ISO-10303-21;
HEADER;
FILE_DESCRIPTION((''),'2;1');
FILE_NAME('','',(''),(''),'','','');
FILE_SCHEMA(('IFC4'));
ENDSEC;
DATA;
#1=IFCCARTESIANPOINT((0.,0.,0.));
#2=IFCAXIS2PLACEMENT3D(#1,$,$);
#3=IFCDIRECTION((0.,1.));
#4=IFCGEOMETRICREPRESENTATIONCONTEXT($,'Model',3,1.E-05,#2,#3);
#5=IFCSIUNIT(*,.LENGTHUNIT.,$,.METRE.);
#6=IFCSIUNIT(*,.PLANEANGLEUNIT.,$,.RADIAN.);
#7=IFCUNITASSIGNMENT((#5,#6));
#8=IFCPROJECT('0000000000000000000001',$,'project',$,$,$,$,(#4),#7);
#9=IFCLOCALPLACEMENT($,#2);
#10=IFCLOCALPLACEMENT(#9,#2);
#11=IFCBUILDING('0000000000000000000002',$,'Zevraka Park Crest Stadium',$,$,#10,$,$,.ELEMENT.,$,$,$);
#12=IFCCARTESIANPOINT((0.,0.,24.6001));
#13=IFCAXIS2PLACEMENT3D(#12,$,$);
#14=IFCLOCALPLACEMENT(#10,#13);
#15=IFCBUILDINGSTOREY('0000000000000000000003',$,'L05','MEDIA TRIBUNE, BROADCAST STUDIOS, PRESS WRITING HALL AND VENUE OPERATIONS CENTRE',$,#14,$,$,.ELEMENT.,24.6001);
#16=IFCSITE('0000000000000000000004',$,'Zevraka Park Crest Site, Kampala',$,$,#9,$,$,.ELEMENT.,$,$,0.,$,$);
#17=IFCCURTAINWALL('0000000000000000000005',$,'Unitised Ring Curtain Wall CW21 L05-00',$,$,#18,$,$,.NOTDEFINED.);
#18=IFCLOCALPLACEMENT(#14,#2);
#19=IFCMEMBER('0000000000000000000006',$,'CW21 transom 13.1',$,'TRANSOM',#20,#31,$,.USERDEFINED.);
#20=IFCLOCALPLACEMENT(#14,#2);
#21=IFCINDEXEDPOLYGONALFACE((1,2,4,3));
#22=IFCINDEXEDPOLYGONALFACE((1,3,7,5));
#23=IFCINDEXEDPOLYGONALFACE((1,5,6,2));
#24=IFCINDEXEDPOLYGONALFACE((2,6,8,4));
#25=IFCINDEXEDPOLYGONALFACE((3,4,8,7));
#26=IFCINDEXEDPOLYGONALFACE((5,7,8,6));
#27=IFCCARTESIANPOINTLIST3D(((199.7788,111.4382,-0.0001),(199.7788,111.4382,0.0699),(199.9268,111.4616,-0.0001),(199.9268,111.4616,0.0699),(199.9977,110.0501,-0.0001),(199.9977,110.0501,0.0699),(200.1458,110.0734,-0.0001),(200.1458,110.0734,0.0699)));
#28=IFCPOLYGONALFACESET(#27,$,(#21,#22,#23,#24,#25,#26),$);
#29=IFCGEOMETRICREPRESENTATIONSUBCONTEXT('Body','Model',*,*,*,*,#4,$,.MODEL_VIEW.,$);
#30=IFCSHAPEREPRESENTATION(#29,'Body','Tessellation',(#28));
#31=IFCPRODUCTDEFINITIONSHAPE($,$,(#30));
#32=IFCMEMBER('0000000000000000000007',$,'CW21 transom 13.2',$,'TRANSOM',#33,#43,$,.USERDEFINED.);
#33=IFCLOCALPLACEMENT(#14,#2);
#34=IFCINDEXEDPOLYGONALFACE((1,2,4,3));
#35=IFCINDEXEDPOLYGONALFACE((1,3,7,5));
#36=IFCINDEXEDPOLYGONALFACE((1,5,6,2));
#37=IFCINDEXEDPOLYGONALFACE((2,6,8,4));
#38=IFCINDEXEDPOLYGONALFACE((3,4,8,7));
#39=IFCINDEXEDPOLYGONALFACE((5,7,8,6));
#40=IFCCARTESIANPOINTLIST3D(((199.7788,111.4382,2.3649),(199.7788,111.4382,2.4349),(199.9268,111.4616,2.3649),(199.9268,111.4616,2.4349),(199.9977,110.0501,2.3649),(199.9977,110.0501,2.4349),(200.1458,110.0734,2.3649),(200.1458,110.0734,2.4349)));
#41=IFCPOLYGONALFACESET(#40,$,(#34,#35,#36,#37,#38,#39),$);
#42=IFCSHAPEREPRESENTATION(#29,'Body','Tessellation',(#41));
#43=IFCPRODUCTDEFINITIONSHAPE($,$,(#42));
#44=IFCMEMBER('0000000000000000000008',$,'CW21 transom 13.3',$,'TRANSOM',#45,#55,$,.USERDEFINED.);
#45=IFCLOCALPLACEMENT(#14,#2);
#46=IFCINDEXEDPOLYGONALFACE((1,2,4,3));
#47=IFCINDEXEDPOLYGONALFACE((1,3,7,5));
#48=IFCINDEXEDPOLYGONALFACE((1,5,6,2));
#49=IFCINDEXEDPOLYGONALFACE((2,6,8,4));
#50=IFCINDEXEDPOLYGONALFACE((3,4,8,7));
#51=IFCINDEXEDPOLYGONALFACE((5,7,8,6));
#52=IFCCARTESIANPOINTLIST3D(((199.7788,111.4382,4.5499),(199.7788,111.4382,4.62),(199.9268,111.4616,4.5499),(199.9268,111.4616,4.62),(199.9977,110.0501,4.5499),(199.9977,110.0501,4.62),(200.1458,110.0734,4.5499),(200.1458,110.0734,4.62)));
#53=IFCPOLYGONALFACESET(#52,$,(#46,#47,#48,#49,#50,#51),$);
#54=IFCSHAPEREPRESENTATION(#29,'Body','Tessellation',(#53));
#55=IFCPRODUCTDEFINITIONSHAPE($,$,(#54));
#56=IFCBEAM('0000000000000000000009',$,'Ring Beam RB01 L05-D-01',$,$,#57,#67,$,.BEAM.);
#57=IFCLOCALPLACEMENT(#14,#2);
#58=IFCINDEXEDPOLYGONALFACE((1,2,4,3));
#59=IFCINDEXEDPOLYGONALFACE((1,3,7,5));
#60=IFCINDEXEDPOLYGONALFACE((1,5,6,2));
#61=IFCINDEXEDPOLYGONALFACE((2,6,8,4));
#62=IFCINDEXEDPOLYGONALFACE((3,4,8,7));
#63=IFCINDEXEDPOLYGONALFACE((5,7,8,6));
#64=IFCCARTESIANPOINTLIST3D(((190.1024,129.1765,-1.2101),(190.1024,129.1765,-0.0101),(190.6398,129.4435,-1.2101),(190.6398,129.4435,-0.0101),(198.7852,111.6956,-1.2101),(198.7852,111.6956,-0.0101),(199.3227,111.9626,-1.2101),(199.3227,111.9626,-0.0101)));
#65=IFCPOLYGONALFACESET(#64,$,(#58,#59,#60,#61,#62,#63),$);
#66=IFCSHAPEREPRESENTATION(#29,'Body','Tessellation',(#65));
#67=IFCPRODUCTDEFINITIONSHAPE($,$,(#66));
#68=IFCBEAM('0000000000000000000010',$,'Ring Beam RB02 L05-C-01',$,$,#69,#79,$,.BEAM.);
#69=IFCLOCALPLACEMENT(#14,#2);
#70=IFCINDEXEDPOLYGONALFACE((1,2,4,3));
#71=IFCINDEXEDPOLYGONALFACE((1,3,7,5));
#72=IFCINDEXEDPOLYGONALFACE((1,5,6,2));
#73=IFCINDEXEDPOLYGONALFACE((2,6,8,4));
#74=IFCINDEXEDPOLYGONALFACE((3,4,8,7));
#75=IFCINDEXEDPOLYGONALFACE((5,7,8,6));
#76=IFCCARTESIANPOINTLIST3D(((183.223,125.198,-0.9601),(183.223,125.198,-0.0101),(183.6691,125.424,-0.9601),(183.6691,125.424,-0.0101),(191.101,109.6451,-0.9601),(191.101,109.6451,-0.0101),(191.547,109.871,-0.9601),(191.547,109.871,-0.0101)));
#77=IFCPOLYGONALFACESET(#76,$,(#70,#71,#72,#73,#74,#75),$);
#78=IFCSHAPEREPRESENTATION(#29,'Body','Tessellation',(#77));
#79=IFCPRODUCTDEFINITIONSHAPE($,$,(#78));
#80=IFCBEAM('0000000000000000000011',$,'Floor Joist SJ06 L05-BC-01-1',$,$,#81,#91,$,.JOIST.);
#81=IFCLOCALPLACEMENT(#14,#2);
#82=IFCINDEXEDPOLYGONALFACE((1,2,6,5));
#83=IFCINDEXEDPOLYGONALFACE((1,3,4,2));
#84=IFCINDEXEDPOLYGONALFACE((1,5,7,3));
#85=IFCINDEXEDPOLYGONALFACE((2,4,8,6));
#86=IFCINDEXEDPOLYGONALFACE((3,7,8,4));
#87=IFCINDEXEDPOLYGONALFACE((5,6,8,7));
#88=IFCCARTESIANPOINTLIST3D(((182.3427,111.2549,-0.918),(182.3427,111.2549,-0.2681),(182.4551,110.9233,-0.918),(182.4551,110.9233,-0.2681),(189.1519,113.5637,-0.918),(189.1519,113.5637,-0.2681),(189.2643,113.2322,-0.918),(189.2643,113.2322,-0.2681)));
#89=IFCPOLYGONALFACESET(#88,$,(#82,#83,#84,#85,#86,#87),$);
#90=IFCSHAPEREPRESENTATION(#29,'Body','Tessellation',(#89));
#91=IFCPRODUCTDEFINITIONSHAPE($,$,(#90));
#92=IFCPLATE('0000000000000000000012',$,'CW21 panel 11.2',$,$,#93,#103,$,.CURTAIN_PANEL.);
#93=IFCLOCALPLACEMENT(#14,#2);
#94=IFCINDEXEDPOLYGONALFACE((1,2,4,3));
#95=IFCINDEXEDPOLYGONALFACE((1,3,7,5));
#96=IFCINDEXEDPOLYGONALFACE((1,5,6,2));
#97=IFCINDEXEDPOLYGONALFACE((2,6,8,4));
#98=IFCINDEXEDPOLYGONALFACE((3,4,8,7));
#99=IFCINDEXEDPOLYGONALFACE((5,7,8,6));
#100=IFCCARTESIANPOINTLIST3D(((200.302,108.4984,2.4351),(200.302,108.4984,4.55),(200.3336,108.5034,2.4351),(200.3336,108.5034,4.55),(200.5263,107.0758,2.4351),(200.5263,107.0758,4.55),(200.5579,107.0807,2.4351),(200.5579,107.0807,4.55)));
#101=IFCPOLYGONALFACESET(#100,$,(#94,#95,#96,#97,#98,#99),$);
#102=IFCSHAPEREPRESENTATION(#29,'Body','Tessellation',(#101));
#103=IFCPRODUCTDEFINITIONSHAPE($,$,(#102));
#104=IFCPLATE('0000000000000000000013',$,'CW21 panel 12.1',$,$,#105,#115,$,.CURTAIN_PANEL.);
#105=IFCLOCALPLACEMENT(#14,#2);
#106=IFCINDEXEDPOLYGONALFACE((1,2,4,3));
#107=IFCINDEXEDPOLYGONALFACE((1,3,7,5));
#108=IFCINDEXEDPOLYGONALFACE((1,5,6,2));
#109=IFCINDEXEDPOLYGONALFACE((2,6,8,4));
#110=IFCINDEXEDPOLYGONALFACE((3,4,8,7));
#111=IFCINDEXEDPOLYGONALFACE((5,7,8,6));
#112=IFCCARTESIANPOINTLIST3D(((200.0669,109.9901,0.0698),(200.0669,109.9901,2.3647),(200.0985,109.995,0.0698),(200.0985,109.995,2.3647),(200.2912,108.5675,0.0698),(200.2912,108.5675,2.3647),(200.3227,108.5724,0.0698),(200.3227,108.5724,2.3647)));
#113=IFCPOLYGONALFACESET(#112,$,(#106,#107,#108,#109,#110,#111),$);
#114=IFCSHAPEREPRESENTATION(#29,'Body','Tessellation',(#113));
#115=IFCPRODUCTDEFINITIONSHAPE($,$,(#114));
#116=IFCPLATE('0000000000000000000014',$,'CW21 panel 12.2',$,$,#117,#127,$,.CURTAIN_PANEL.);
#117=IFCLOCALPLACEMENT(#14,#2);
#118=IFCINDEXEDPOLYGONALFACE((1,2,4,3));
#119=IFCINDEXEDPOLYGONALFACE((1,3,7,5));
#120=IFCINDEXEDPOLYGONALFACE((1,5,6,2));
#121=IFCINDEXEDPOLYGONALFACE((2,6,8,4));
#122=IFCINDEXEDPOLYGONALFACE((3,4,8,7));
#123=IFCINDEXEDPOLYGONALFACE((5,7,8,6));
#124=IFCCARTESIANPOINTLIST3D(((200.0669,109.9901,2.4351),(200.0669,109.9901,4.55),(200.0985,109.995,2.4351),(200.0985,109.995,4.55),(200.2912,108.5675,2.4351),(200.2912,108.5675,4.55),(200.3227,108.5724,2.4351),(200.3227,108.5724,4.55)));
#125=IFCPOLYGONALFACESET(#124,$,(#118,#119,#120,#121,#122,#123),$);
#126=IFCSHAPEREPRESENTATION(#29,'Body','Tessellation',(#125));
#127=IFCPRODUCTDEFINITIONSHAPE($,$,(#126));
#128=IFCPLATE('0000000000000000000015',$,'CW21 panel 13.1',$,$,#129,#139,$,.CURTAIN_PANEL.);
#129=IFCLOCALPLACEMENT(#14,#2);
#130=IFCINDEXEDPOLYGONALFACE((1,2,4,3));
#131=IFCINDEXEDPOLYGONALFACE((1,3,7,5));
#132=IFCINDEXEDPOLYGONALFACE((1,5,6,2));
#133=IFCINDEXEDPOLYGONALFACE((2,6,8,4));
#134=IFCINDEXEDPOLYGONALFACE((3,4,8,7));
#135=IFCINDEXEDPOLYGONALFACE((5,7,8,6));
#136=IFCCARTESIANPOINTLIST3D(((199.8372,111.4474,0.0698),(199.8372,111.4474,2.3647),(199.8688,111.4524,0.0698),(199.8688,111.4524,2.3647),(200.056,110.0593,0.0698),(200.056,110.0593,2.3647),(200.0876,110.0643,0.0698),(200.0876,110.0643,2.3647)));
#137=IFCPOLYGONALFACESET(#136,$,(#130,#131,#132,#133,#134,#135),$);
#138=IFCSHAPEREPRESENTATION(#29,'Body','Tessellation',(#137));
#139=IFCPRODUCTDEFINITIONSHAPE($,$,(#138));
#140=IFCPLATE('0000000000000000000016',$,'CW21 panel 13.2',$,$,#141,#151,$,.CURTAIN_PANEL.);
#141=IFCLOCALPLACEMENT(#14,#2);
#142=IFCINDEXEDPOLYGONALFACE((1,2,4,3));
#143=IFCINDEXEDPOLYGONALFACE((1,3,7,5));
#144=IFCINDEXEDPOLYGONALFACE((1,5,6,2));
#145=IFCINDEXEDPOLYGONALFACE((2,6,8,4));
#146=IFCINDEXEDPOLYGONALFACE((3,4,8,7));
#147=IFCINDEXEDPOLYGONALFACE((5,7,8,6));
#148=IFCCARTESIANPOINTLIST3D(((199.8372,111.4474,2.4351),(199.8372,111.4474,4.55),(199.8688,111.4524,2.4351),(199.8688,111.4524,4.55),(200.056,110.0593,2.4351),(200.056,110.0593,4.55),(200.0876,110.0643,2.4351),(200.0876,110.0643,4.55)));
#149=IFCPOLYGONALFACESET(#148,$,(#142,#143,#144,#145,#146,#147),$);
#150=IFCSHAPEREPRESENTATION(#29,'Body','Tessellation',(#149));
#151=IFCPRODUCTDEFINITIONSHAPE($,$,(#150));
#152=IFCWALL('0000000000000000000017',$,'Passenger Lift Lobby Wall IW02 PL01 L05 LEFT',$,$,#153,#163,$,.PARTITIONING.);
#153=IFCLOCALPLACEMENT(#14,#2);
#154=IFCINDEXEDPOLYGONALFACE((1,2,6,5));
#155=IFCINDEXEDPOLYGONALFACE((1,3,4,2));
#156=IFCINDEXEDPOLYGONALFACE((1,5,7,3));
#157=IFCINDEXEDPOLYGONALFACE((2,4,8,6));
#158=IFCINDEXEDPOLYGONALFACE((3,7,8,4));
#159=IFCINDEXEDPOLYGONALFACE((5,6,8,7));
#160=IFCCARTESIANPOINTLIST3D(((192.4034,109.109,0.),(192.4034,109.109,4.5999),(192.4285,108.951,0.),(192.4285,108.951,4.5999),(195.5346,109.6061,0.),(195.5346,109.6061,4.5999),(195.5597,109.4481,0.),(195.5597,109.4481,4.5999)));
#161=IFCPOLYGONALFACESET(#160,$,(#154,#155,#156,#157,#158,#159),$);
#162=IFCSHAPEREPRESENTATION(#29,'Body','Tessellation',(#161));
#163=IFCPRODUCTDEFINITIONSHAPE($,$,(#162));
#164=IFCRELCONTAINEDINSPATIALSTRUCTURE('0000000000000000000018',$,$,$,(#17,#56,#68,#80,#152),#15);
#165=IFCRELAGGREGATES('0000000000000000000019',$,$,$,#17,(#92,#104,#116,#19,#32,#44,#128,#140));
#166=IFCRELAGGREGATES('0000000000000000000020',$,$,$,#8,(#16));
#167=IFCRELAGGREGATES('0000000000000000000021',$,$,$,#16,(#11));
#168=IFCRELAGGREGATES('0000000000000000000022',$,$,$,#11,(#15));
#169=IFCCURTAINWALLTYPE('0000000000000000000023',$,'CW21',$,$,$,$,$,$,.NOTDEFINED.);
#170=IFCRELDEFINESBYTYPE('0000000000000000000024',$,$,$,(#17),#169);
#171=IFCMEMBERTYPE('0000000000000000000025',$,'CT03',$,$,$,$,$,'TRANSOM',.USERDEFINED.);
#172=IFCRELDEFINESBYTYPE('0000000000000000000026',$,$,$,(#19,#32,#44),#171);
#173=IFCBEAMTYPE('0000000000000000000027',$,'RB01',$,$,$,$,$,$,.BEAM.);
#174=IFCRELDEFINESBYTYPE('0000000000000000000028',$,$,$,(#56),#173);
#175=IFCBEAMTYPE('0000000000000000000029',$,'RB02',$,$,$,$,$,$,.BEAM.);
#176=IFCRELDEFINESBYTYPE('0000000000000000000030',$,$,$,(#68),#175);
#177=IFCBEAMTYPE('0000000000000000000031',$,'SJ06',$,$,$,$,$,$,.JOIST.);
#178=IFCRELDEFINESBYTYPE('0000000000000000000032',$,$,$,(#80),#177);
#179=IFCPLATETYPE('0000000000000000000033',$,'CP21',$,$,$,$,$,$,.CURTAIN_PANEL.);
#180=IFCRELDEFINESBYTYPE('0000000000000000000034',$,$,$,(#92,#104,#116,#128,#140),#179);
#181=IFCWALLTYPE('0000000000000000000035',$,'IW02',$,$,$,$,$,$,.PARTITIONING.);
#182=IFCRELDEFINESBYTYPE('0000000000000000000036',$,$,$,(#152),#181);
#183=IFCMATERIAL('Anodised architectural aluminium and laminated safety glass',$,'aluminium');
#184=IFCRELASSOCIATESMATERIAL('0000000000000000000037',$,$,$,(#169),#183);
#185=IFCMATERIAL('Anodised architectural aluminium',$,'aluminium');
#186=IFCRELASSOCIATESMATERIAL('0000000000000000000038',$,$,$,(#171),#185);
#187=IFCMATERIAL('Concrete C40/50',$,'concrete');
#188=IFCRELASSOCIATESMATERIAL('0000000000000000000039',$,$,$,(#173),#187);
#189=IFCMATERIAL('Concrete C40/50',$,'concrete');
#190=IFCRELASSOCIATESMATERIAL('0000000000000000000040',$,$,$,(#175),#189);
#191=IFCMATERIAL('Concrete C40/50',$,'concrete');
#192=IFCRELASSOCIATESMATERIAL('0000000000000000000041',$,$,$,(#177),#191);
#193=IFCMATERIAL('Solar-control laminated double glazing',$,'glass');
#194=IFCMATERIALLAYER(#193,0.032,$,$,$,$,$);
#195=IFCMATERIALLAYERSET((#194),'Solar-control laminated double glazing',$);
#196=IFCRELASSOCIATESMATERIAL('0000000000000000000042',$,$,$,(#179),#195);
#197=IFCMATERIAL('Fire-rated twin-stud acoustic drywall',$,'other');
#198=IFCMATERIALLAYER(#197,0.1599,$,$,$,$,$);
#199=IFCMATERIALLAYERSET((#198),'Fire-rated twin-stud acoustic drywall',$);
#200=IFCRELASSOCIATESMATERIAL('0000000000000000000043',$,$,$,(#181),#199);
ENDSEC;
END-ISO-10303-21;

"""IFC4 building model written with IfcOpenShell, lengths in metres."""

from ifc_helpers import new_model, si_unit, direction, frame, frame_2d, origin, origin_2d, place, context, subcontext, project, spatial, rectangle, extrude, material, layer, layer_set, material_profile, profile_set, type_object, element, aggregate, save


model = new_model("IFC4")

# Units and contexts
model_context = context("Model", 3, precision=1e-05, world=origin(), true_north=direction((0.0, 1.0)))
body_context = subcontext(model_context, "Body", "Model", "MODEL_VIEW")
ifc_project = project(units=[si_unit("LENGTHUNIT", "METRE"), si_unit("PLANEANGLEUNIT", "RADIAN")], contexts=[model_context])

# Site, building, storey
site_placement = place(None, origin())
site = spatial("IfcSite", under=ifc_project, at=site_placement, Name="Zevraka Park Crest Site, Kampala", CompositionType="ELEMENT", RefElevation=0.0)
building_placement = place(site_placement, origin())
building = spatial("IfcBuilding", under=site, at=building_placement, Name="Zevraka Park Crest Stadium", CompositionType="ELEMENT")
storey_placement = place(building_placement, frame((0.0, 0.0, 24.6001)))
storey = spatial("IfcBuildingStorey", under=building, at=storey_placement, Name="L05", Description="MEDIA TRIBUNE, BROADCAST STUDIOS, PRESS WRITING HALL AND VENUE OPERATIONS CENTRE", CompositionType="ELEMENT", Elevation=24.6001)

# Curtain wall
ifc_material_1 = material(Name="Anodised architectural aluminium and laminated safety glass", Category="aluminium")
curtain_wall_type_1 = type_object("IfcCurtainWallType", Name="CW21", PredefinedType="NOTDEFINED", material=ifc_material_1)
curtain_wall_1_placement = place(storey_placement, origin())
curtain_wall_1 = element("IfcCurtainWall", 1, at=curtain_wall_1_placement, inside=storey, type_object=curtain_wall_type_1, Name="Unitised Ring Curtain Wall CW21 L05-00", PredefinedType="NOTDEFINED")

# Members
ifc_material_2 = material(Name="Anodised architectural aluminium", Category="aluminium")
ifc_material_profile_1 = material_profile(ifc_material_2, rectangle(XDim=0.1499, YDim=0.0701, at=origin_2d()), Name="ALU TRANSOM 150x70")
ifc_profile_set_1 = profile_set([ifc_material_profile_1], Name="Anodised architectural aluminium")
member_type_1 = type_object("IfcMemberType", Name="CT03", ElementType="TRANSOM", PredefinedType="USERDEFINED", material=ifc_profile_set_1)
member_1_placement = place(storey_placement, frame((200.0718, 110.0618, 0.0349), z_axis=(-0.155829, 0.987784, 0.0), x_axis=(-0.987784, -0.155829, 0.0)))
member_1 = element("IfcMember", 2, at=member_1_placement, type_object=member_type_1, Name="CW21 transom 13.1", ObjectType="TRANSOM", PredefinedType="USERDEFINED", context=body_context, shape_type="SweptSolid", body=[
    extrude(rectangle(XDim=0.1499, YDim=0.0701, at=origin_2d()), origin(), (0.0, 0.0, 1.0), 1.4053),
])
member_2_placement = place(storey_placement, frame((200.0718, 110.0618, 2.3999), z_axis=(-0.155829, 0.987784, 0.0), x_axis=(-0.987784, -0.155829, 0.0)))
member_2 = element("IfcMember", 3, at=member_2_placement, type_object=member_type_1, Name="CW21 transom 13.2", ObjectType="TRANSOM", PredefinedType="USERDEFINED", context=body_context, shape_type="SweptSolid", body=[
    extrude(rectangle(XDim=0.1499, YDim=0.0701, at=origin_2d()), origin(), (0.0, 0.0, 1.0), 1.4053),
])
member_3_placement = place(storey_placement, frame((200.0718, 110.0618, 4.585), z_axis=(-0.155829, 0.987784, 0.0), x_axis=(-0.987784, -0.155829, 0.0)))
member_3 = element("IfcMember", 4, at=member_3_placement, type_object=member_type_1, Name="CW21 transom 13.3", ObjectType="TRANSOM", PredefinedType="USERDEFINED", context=body_context, shape_type="SweptSolid", body=[
    extrude(rectangle(XDim=0.1499, YDim=0.0701, at=origin_2d()), origin(), (0.0, 0.0, 1.0), 1.4053),
])

# Beams
ifc_material_3 = material(Name="Concrete C40/50", Category="concrete")
ifc_material_profile_2 = material_profile(ifc_material_3, rectangle(XDim=0.6001, YDim=1.2, at=origin_2d()), Name="RC 1200x600")
ifc_profile_set_2 = profile_set([ifc_material_profile_2], Name="Concrete C40/50")
beam_type_1 = type_object("IfcBeamType", Name="RB01", PredefinedType="BEAM", material=ifc_profile_set_2)
beam_1_placement = place(storey_placement, frame((199.054, 111.8291, -0.6101), z_axis=(-0.444851, 0.895605, 0.0), x_axis=(-0.895605, -0.444851, 0.0)))
element("IfcBeam", 5, at=beam_1_placement, inside=storey, type_object=beam_type_1, Name="Ring Beam RB01 L05-D-01", PredefinedType="BEAM", context=body_context, shape_type="SweptSolid", body=[
    extrude(rectangle(XDim=0.6001, YDim=1.2, at=origin_2d()), origin(), (0.0, 0.0, 1.0), 19.5186),
])
ifc_material_4 = material(Name="Concrete C40/50", Category="concrete")
ifc_material_profile_3 = material_profile(ifc_material_4, rectangle(XDim=0.5, YDim=0.95, at=origin_2d()), Name="RC 950x500")
ifc_profile_set_3 = profile_set([ifc_material_profile_3], Name="Concrete C40/50")
beam_type_2 = type_object("IfcBeamType", Name="RB02", PredefinedType="BEAM", material=ifc_profile_set_3)
beam_2_placement = place(storey_placement, frame((191.324, 109.7581, -0.4851), z_axis=(-0.451862, 0.892088, 0.0), x_axis=(-0.892088, -0.451862, 0.0)))
element("IfcBeam", 6, at=beam_2_placement, inside=storey, type_object=beam_type_2, Name="Ring Beam RB02 L05-C-01", PredefinedType="BEAM", context=body_context, shape_type="SweptSolid", body=[
    extrude(rectangle(XDim=0.5, YDim=0.95, at=origin_2d()), origin(), (0.0, 0.0, 1.0), 17.4343),
])
ifc_material_5 = material(Name="Concrete C40/50", Category="concrete")
ifc_material_profile_4 = material_profile(ifc_material_5, rectangle(XDim=0.3501, YDim=0.6499, at=origin_2d()), Name="RC 650x350")
ifc_profile_set_4 = profile_set([ifc_material_profile_4], Name="Concrete C40/50")
beam_type_3 = type_object("IfcBeamType", Name="SJ06", PredefinedType="JOIST", material=ifc_profile_set_4)
beam_3_placement = place(storey_placement, frame((182.3989, 111.0891, -0.593), z_axis=(0.947037, 0.321123, 0.0), x_axis=(-0.321123, 0.947037, 0.0)))
element("IfcBeam", 7, at=beam_3_placement, inside=storey, type_object=beam_type_3, Name="Floor Joist SJ06 L05-BC-01-1", PredefinedType="JOIST", context=body_context, shape_type="SweptSolid", body=[
    extrude(rectangle(XDim=0.3501, YDim=0.6499, at=origin_2d()), origin(), (0.0, 0.0, 1.0), 7.1899),
])

# Plates
ifc_material_6 = material(Name="Solar-control laminated double glazing", Category="glass")
ifc_layer_1 = layer(ifc_material_6, 0.032)
ifc_layer_set_1 = layer_set([ifc_layer_1], Name="Solar-control laminated double glazing")
plate_type = type_object("IfcPlateType", Name="CP21", PredefinedType="CURTAIN_PANEL", material=ifc_layer_set_1)
plate_1_placement = place(storey_placement, frame((200.4299, 107.7896, 2.4351), z_axis=(0.0, 0.0, 1.0), x_axis=(-0.155711, 0.987803, 0.0)))
plate_1 = element("IfcPlate", 8, at=plate_1_placement, type_object=plate_type, Name="CW21 panel 11.2", PredefinedType="CURTAIN_PANEL", context=body_context, shape_type="SweptSolid", body=[
    extrude(rectangle(XDim=1.4402, YDim=0.032, at=origin_2d()), origin(), (0.0, 0.0, 1.0), 2.115),
])
plate_2_placement = place(storey_placement, frame((200.1948, 109.2812, 0.0698), z_axis=(0.0, 0.0, 1.0), x_axis=(-0.155711, 0.987803, 0.0)))
plate_2 = element("IfcPlate", 9, at=plate_2_placement, type_object=plate_type, Name="CW21 panel 12.1", PredefinedType="CURTAIN_PANEL", context=body_context, shape_type="SweptSolid", body=[
    extrude(rectangle(XDim=1.4402, YDim=0.032, at=origin_2d()), origin(), (0.0, 0.0, 1.0), 2.2949),
])
plate_3_placement = place(storey_placement, frame((200.1948, 109.2812, 2.4351), z_axis=(0.0, 0.0, 1.0), x_axis=(-0.155711, 0.987803, 0.0)))
plate_3 = element("IfcPlate", 10, at=plate_3_placement, type_object=plate_type, Name="CW21 panel 12.2", PredefinedType="CURTAIN_PANEL", context=body_context, shape_type="SweptSolid", body=[
    extrude(rectangle(XDim=1.4402, YDim=0.032, at=origin_2d()), origin(), (0.0, 0.0, 1.0), 2.115),
])
plate_4_placement = place(storey_placement, frame((199.9624, 110.7559, 0.0698), z_axis=(0.0, 0.0, 1.0), x_axis=(-0.155711, 0.987803, 0.0)))
plate_4 = element("IfcPlate", 11, at=plate_4_placement, type_object=plate_type, Name="CW21 panel 13.1", PredefinedType="CURTAIN_PANEL", context=body_context, shape_type="SweptSolid", body=[
    extrude(rectangle(XDim=1.4053, YDim=0.032, at=origin_2d()), origin(), (0.0, 0.0, 1.0), 2.2949),
])
plate_5_placement = place(storey_placement, frame((199.9624, 110.7559, 2.4351), z_axis=(0.0, 0.0, 1.0), x_axis=(-0.155711, 0.987803, 0.0)))
plate_5 = element("IfcPlate", 12, at=plate_5_placement, type_object=plate_type, Name="CW21 panel 13.2", PredefinedType="CURTAIN_PANEL", context=body_context, shape_type="SweptSolid", body=[
    extrude(rectangle(XDim=1.4053, YDim=0.032, at=origin_2d()), origin(), (0.0, 0.0, 1.0), 2.115),
])
aggregate(curtain_wall_1, [plate_1, plate_2, plate_3, member_1, member_2, member_3, plate_4, plate_5])

# Wall
ifc_material_7 = material(Name="Fire-rated twin-stud acoustic drywall", Category="other")
ifc_layer_2 = layer(ifc_material_7, 0.1599)
ifc_layer_set_2 = layer_set([ifc_layer_2], Name="Fire-rated twin-stud acoustic drywall")
wall_type_1 = type_object("IfcWallType", Name="IW02", PredefinedType="PARTITIONING", material=ifc_layer_set_2)
wall_1_placement = place(storey_placement, frame((195.5471, 109.5271, 0.0), z_axis=(0.0, 0.0, 1.0), x_axis=(-0.987632, -0.156789, 0.0)))
element("IfcWall", 13, at=wall_1_placement, inside=storey, type_object=wall_type_1, Name="Passenger Lift Lobby Wall IW02 PL01 L05 LEFT", PredefinedType="PARTITIONING", context=body_context, shape_type="SweptSolid", body=[
    extrude(rectangle(XDim=3.1704, YDim=0.1599, at=frame_2d((1.5852, 0.0))), origin(), (0.0, 0.0, 1.0), 4.5999),
])

save(model, "model.ifc")
